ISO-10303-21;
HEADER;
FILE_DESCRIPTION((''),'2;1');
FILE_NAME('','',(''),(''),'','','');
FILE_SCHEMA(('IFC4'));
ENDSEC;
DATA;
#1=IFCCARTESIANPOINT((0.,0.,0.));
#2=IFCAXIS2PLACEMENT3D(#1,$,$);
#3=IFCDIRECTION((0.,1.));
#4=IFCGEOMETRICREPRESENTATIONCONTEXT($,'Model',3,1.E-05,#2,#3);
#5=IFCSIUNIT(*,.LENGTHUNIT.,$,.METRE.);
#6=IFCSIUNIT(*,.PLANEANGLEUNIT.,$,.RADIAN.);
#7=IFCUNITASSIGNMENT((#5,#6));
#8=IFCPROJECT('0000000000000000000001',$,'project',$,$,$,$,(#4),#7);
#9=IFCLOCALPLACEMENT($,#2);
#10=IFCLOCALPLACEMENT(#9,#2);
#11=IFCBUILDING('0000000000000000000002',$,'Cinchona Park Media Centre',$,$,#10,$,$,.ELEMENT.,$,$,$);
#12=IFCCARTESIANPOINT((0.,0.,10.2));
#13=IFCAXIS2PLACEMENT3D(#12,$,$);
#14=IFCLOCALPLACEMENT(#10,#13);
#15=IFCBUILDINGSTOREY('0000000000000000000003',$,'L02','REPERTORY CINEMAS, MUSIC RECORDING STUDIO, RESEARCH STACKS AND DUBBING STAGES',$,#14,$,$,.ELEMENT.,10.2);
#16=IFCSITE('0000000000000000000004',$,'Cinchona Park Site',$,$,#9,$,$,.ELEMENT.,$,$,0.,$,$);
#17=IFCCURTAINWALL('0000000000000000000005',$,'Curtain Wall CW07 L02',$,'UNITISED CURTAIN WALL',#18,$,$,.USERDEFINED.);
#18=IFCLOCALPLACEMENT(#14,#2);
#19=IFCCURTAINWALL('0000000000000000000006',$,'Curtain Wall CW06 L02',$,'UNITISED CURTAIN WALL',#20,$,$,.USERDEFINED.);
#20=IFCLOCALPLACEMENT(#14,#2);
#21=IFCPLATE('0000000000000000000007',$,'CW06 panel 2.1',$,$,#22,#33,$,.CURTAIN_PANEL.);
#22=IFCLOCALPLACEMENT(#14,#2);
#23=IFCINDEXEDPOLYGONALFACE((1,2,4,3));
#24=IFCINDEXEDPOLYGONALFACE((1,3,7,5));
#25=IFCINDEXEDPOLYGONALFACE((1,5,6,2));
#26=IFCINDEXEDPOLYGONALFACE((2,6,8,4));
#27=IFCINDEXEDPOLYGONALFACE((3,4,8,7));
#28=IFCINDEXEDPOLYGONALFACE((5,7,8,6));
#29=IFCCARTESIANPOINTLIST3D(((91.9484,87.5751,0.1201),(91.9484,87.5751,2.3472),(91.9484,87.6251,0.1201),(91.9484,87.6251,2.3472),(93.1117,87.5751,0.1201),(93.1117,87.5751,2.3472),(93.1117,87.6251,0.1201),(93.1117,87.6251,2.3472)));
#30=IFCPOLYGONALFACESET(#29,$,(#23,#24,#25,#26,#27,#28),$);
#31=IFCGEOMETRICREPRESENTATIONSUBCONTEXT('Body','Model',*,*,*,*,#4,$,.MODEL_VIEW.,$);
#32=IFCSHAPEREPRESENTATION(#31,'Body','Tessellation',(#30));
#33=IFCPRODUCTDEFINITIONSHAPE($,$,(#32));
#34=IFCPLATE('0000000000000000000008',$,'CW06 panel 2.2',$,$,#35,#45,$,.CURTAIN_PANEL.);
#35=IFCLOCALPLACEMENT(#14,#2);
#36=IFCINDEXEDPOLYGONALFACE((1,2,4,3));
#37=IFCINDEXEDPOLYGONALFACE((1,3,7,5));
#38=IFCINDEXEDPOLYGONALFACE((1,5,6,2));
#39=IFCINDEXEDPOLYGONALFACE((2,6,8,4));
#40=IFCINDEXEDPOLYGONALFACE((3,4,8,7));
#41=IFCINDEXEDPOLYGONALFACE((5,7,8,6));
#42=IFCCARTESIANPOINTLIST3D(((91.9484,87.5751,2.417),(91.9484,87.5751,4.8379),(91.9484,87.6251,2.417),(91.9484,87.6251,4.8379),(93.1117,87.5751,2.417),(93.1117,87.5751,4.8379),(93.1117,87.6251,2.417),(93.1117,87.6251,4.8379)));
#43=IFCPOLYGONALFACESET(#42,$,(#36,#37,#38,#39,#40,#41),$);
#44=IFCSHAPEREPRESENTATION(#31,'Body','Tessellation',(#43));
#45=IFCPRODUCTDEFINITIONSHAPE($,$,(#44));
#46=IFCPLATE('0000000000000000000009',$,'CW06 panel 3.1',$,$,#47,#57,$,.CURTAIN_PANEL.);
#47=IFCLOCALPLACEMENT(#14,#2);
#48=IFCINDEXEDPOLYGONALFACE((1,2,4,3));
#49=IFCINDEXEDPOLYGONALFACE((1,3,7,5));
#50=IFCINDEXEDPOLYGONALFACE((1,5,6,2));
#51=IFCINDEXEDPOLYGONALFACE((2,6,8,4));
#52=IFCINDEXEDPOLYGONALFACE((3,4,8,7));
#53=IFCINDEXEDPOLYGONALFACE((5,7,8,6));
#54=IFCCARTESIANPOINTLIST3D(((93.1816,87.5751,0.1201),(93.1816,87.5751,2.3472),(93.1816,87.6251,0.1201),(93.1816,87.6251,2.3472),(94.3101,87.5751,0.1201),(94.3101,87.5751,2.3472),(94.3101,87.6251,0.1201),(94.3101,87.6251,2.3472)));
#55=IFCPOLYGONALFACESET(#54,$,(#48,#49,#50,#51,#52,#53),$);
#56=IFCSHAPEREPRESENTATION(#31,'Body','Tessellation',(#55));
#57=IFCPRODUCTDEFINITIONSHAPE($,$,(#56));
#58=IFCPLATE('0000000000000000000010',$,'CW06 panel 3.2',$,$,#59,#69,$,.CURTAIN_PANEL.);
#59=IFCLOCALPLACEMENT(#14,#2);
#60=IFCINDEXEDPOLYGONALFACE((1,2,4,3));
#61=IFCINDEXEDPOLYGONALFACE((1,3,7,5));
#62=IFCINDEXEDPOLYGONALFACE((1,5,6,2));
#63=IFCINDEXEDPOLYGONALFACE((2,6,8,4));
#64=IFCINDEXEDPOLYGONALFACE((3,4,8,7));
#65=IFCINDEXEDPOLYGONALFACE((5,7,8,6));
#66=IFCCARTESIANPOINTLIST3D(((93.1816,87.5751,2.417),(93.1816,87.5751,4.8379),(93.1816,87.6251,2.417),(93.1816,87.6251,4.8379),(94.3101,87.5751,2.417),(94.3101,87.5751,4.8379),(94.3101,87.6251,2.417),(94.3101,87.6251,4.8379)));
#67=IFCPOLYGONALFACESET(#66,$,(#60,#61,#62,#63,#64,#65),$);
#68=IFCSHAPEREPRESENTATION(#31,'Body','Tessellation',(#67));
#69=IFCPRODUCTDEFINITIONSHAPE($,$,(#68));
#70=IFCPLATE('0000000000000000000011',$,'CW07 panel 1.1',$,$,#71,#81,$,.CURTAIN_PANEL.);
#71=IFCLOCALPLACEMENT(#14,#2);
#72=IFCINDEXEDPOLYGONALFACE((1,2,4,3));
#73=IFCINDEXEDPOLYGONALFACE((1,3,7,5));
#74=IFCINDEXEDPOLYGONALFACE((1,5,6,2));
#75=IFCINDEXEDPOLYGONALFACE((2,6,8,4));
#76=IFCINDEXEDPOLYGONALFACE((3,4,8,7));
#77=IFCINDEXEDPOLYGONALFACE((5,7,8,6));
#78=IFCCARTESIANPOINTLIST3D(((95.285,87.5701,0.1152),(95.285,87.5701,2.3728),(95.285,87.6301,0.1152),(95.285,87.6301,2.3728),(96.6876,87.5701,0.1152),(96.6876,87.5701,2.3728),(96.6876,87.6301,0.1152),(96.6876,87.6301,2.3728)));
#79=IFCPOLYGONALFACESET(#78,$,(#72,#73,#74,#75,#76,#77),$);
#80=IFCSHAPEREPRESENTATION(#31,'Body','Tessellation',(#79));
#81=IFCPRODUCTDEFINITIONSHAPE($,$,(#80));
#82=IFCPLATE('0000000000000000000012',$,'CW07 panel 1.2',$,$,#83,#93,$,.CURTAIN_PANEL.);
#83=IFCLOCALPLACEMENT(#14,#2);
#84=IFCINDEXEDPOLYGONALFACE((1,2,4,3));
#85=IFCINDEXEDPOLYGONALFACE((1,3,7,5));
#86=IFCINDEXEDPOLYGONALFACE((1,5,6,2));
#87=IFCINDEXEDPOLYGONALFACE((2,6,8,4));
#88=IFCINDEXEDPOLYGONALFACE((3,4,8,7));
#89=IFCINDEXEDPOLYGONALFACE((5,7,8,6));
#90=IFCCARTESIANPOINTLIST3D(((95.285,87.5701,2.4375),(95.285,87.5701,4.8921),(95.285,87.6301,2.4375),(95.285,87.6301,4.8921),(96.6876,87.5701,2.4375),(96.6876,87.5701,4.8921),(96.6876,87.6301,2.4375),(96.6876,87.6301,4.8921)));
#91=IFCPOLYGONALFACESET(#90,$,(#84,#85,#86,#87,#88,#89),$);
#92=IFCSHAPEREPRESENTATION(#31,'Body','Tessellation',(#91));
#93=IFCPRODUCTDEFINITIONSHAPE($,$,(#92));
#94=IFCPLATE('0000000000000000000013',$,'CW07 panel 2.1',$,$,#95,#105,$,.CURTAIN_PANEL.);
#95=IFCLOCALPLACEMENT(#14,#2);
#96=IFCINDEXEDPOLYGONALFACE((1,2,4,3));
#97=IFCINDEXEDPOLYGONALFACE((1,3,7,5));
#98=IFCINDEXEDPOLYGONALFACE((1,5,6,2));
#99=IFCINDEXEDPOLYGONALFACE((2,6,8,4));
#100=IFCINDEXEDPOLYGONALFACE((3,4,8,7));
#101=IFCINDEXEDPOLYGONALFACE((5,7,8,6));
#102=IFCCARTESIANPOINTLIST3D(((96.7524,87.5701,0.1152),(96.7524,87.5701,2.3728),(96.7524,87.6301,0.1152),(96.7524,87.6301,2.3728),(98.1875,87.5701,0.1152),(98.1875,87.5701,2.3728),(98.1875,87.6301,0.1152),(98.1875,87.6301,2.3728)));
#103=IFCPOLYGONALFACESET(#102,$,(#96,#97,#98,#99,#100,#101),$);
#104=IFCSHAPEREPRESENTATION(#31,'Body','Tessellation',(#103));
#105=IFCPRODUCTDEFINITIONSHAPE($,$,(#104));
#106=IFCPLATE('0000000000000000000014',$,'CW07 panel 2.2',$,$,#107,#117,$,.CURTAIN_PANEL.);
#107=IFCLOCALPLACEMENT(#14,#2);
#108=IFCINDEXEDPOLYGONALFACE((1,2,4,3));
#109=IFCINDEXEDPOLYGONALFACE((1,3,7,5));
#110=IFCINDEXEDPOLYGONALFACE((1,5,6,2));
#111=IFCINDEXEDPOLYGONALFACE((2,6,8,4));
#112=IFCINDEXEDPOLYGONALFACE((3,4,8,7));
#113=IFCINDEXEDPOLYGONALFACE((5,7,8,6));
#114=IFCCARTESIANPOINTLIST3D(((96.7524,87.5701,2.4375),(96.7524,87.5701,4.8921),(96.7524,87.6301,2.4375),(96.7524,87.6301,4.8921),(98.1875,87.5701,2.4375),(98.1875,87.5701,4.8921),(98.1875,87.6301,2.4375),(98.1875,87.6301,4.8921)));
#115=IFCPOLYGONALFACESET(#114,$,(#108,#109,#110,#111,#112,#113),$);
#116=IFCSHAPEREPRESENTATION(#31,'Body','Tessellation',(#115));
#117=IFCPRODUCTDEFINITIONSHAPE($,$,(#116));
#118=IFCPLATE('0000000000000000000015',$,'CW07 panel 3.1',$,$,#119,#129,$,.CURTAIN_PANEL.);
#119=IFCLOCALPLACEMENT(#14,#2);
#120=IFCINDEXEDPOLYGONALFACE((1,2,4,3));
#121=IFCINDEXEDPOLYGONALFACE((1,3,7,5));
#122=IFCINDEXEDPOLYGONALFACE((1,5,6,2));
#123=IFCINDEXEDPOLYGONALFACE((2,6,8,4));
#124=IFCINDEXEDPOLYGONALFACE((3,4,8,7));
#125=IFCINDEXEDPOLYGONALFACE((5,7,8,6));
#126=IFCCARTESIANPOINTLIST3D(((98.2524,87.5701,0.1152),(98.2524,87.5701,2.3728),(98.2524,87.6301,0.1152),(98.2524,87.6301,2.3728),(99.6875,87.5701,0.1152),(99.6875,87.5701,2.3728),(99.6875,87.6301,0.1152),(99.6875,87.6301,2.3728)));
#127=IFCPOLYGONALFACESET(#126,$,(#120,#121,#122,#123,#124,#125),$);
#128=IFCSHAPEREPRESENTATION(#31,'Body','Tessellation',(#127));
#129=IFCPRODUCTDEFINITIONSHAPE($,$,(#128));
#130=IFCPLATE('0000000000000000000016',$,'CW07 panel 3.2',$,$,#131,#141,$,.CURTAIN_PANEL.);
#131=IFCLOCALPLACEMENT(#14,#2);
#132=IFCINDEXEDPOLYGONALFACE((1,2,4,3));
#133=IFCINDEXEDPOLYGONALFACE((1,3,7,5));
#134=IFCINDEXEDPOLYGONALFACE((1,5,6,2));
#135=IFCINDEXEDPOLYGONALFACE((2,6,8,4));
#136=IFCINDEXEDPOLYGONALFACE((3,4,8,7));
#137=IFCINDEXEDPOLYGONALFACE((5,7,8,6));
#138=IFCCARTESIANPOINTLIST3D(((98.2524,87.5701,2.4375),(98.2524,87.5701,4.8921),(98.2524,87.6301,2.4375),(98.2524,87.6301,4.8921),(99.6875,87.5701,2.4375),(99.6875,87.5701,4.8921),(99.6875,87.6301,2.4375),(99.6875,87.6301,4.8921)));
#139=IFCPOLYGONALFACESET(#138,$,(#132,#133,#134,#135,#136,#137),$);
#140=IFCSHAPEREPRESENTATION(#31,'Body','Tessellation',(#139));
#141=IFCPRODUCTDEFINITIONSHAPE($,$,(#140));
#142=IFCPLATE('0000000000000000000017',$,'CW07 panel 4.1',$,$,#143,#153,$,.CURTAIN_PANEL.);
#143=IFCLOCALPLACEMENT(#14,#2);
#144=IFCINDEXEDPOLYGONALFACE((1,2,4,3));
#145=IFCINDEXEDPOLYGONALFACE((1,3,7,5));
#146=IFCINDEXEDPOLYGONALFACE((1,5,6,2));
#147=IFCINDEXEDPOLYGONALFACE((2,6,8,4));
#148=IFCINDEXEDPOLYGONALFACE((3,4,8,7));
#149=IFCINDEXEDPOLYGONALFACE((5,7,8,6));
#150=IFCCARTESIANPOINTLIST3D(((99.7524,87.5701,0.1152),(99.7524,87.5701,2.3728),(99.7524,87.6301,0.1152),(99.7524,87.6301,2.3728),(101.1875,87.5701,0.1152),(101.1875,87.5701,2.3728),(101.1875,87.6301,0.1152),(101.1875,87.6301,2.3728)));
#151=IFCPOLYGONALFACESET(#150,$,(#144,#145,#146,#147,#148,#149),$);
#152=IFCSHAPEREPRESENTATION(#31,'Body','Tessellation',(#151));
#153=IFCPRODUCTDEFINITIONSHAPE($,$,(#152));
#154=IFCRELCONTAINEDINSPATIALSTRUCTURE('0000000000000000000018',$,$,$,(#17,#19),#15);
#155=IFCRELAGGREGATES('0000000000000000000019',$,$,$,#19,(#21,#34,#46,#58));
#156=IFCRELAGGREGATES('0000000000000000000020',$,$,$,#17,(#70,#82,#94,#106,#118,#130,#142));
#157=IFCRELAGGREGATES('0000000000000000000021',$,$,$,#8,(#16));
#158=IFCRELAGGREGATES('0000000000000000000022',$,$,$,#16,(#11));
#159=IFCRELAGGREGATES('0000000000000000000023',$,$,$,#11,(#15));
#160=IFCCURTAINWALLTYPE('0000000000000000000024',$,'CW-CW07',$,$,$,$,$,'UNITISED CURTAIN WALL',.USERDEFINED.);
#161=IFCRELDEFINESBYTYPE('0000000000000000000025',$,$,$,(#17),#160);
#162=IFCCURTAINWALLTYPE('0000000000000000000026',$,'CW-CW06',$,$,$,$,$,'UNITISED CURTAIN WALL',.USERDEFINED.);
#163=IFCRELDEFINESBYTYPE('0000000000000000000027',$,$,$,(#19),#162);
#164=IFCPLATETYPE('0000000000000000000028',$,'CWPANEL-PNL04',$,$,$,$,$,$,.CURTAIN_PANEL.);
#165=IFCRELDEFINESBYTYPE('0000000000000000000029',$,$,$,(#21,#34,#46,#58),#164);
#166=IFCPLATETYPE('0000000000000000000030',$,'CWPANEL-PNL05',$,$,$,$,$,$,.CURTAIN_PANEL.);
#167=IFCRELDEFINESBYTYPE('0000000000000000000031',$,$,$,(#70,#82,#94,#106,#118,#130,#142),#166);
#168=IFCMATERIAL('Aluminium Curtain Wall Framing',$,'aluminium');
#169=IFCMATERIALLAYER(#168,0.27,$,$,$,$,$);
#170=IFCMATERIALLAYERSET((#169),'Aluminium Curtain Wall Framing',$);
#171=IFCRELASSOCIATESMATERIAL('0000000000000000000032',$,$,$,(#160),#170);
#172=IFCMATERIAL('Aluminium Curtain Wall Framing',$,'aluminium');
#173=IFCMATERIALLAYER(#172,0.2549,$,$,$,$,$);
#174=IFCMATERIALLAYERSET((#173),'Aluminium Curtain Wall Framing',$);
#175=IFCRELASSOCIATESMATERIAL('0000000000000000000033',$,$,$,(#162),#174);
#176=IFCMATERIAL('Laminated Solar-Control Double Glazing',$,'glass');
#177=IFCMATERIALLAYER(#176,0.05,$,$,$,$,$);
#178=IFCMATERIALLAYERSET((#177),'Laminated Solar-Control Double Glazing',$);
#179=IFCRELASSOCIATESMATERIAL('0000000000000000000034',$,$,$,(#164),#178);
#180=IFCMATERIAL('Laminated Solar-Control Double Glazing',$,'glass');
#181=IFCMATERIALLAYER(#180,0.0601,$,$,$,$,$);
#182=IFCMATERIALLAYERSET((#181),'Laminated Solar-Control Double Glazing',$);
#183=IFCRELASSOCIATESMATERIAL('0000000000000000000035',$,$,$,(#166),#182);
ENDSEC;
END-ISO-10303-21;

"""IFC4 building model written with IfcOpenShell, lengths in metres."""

from ifc_helpers import new_model, si_unit, direction, frame, origin, origin_2d, place, context, subcontext, project, spatial, rectangle, extrude, material, layer, layer_set, type_object, element, aggregate, save


model = new_model("IFC4")

# Units and contexts
model_context = context("Model", 3, precision=1e-05, world=origin(), true_north=direction((0.0, 1.0)))
body_context = subcontext(model_context, "Body", "Model", "MODEL_VIEW")
ifc_project = project(units=[si_unit("LENGTHUNIT", "METRE"), si_unit("PLANEANGLEUNIT", "RADIAN")], contexts=[model_context])

# Site, building, storey
site_placement = place(None, origin())
site = spatial("IfcSite", under=ifc_project, at=site_placement, Name="Cinchona Park Site", CompositionType="ELEMENT", RefElevation=0.0)
building_placement = place(site_placement, origin())
building = spatial("IfcBuilding", under=site, at=building_placement, Name="Cinchona Park Media Centre", CompositionType="ELEMENT")
storey_placement = place(building_placement, frame((0.0, 0.0, 10.2)))
storey = spatial("IfcBuildingStorey", under=building, at=storey_placement, Name="L02", Description="REPERTORY CINEMAS, MUSIC RECORDING STUDIO, RESEARCH STACKS AND DUBBING STAGES", CompositionType="ELEMENT", Elevation=10.2)

# Curtain walls
ifc_material_1 = material(Name="Aluminium Curtain Wall Framing", Category="aluminium")
ifc_layer_1 = layer(ifc_material_1, 0.27)
ifc_layer_set_1 = layer_set([ifc_layer_1], Name="Aluminium Curtain Wall Framing")
curtain_wall_type_1 = type_object("IfcCurtainWallType", Name="CW-CW07", ElementType="UNITISED CURTAIN WALL", PredefinedType="USERDEFINED", material=ifc_layer_set_1)
curtain_wall_1_placement = place(storey_placement, origin())
curtain_wall_1 = element("IfcCurtainWall", 1, at=curtain_wall_1_placement, inside=storey, type_object=curtain_wall_type_1, Name="Curtain Wall CW07 L02", ObjectType="UNITISED CURTAIN WALL", PredefinedType="USERDEFINED")
ifc_material_2 = material(Name="Aluminium Curtain Wall Framing", Category="aluminium")
ifc_layer_2 = layer(ifc_material_2, 0.2549)
ifc_layer_set_2 = layer_set([ifc_layer_2], Name="Aluminium Curtain Wall Framing")
curtain_wall_type_2 = type_object("IfcCurtainWallType", Name="CW-CW06", ElementType="UNITISED CURTAIN WALL", PredefinedType="USERDEFINED", material=ifc_layer_set_2)
curtain_wall_2_placement = place(storey_placement, origin())
curtain_wall_2 = element("IfcCurtainWall", 2, at=curtain_wall_2_placement, inside=storey, type_object=curtain_wall_type_2, Name="Curtain Wall CW06 L02", ObjectType="UNITISED CURTAIN WALL", PredefinedType="USERDEFINED")

# Plates
ifc_material_3 = material(Name="Laminated Solar-Control Double Glazing", Category="glass")
ifc_layer_3 = layer(ifc_material_3, 0.05)
ifc_layer_set_3 = layer_set([ifc_layer_3], Name="Laminated Solar-Control Double Glazing")
plate_type_1 = type_object("IfcPlateType", Name="CWPANEL-PNL04", PredefinedType="CURTAIN_PANEL", material=ifc_layer_set_3)
plate_1_placement = place(storey_placement, frame((92.53, 87.6001, 0.1201), z_axis=(0.0, 0.0, 1.0), x_axis=(1.0, 0.0, 0.0)))
plate_1 = element("IfcPlate", 3, at=plate_1_placement, type_object=plate_type_1, Name="CW06 panel 2.1", PredefinedType="CURTAIN_PANEL", context=body_context, shape_type="SweptSolid", body=[
    extrude(rectangle(XDim=1.1633, YDim=0.05, at=origin_2d()), origin(), (0.0, 0.0, 1.0), 2.2271),
])
plate_2_placement = place(storey_placement, frame((92.53, 87.6001, 2.417), z_axis=(0.0, 0.0, 1.0), x_axis=(1.0, 0.0, 0.0)))
plate_2 = element("IfcPlate", 4, at=plate_2_placement, type_object=plate_type_1, Name="CW06 panel 2.2", PredefinedType="CURTAIN_PANEL", context=body_context, shape_type="SweptSolid", body=[
    extrude(rectangle(XDim=1.1633, YDim=0.05, at=origin_2d()), origin(), (0.0, 0.0, 1.0), 2.4209),
])
plate_3_placement = place(storey_placement, frame((93.7458, 87.6001, 0.1201), z_axis=(0.0, 0.0, 1.0), x_axis=(1.0, 0.0, 0.0)))
plate_3 = element("IfcPlate", 5, at=plate_3_placement, type_object=plate_type_1, Name="CW06 panel 3.1", PredefinedType="CURTAIN_PANEL", context=body_context, shape_type="SweptSolid", body=[
    extrude(rectangle(XDim=1.1284, YDim=0.05, at=origin_2d()), origin(), (0.0, 0.0, 1.0), 2.2271),
])
plate_4_placement = place(storey_placement, frame((93.7458, 87.6001, 2.417), z_axis=(0.0, 0.0, 1.0), x_axis=(1.0, 0.0, 0.0)))
plate_4 = element("IfcPlate", 6, at=plate_4_placement, type_object=plate_type_1, Name="CW06 panel 3.2", PredefinedType="CURTAIN_PANEL", context=body_context, shape_type="SweptSolid", body=[
    extrude(rectangle(XDim=1.1284, YDim=0.05, at=origin_2d()), origin(), (0.0, 0.0, 1.0), 2.4209),
])
aggregate(curtain_wall_2, [plate_1, plate_2, plate_3, plate_4])
ifc_material_4 = material(Name="Laminated Solar-Control Double Glazing", Category="glass")
ifc_layer_4 = layer(ifc_material_4, 0.0601)
ifc_layer_set_4 = layer_set([ifc_layer_4], Name="Laminated Solar-Control Double Glazing")
plate_type_2 = type_object("IfcPlateType", Name="CWPANEL-PNL05", PredefinedType="CURTAIN_PANEL", material=ifc_layer_set_4)
plate_5_placement = place(storey_placement, frame((95.9863, 87.6001, 0.1152), z_axis=(0.0, 0.0, 1.0), x_axis=(1.0, 0.0, 0.0)))
plate_5 = element("IfcPlate", 7, at=plate_5_placement, type_object=plate_type_2, Name="CW07 panel 1.1", PredefinedType="CURTAIN_PANEL", context=body_context, shape_type="SweptSolid", body=[
    extrude(rectangle(XDim=1.4026, YDim=0.0601, at=origin_2d()), origin(), (0.0, 0.0, 1.0), 2.2576),
])
plate_6_placement = place(storey_placement, frame((95.9863, 87.6001, 2.4375), z_axis=(0.0, 0.0, 1.0), x_axis=(1.0, 0.0, 0.0)))
plate_6 = element("IfcPlate", 8, at=plate_6_placement, type_object=plate_type_2, Name="CW07 panel 1.2", PredefinedType="CURTAIN_PANEL", context=body_context, shape_type="SweptSolid", body=[
    extrude(rectangle(XDim=1.4026, YDim=0.0601, at=origin_2d()), origin(), (0.0, 0.0, 1.0), 2.4546),
])
plate_7_placement = place(storey_placement, frame((97.47, 87.6001, 0.1152), z_axis=(0.0, 0.0, 1.0), x_axis=(1.0, 0.0, 0.0)))
plate_7 = element("IfcPlate", 9, at=plate_7_placement, type_object=plate_type_2, Name="CW07 panel 2.1", PredefinedType="CURTAIN_PANEL", context=body_context, shape_type="SweptSolid", body=[
    extrude(rectangle(XDim=1.4351, YDim=0.0601, at=origin_2d()), origin(), (0.0, 0.0, 1.0), 2.2576),
])
plate_8_placement = place(storey_placement, frame((97.47, 87.6001, 2.4375), z_axis=(0.0, 0.0, 1.0), x_axis=(1.0, 0.0, 0.0)))
plate_8 = element("IfcPlate", 10, at=plate_8_placement, type_object=plate_type_2, Name="CW07 panel 2.2", PredefinedType="CURTAIN_PANEL", context=body_context, shape_type="SweptSolid", body=[
    extrude(rectangle(XDim=1.4351, YDim=0.0601, at=origin_2d()), origin(), (0.0, 0.0, 1.0), 2.4546),
])
plate_9_placement = place(storey_placement, frame((98.97, 87.6001, 0.1152), z_axis=(0.0, 0.0, 1.0), x_axis=(1.0, 0.0, 0.0)))
plate_9 = element("IfcPlate", 11, at=plate_9_placement, type_object=plate_type_2, Name="CW07 panel 3.1", PredefinedType="CURTAIN_PANEL", context=body_context, shape_type="SweptSolid", body=[
    extrude(rectangle(XDim=1.4351, YDim=0.0601, at=origin_2d()), origin(), (0.0, 0.0, 1.0), 2.2576),
])
plate_10_placement = place(storey_placement, frame((98.97, 87.6001, 2.4375), z_axis=(0.0, 0.0, 1.0), x_axis=(1.0, 0.0, 0.0)))
plate_10 = element("IfcPlate", 12, at=plate_10_placement, type_object=plate_type_2, Name="CW07 panel 3.2", PredefinedType="CURTAIN_PANEL", context=body_context, shape_type="SweptSolid", body=[
    extrude(rectangle(XDim=1.4351, YDim=0.0601, at=origin_2d()), origin(), (0.0, 0.0, 1.0), 2.4546),
])
plate_11_placement = place(storey_placement, frame((100.47, 87.6001, 0.1152), z_axis=(0.0, 0.0, 1.0), x_axis=(1.0, 0.0, 0.0)))
plate_11 = element("IfcPlate", 13, at=plate_11_placement, type_object=plate_type_2, Name="CW07 panel 4.1", PredefinedType="CURTAIN_PANEL", context=body_context, shape_type="SweptSolid", body=[
    extrude(rectangle(XDim=1.4351, YDim=0.0601, at=origin_2d()), origin(), (0.0, 0.0, 1.0), 2.2576),
])
aggregate(curtain_wall_1, [plate_5, plate_6, plate_7, plate_8, plate_9, plate_10, plate_11])

save(model, "model.ifc")
